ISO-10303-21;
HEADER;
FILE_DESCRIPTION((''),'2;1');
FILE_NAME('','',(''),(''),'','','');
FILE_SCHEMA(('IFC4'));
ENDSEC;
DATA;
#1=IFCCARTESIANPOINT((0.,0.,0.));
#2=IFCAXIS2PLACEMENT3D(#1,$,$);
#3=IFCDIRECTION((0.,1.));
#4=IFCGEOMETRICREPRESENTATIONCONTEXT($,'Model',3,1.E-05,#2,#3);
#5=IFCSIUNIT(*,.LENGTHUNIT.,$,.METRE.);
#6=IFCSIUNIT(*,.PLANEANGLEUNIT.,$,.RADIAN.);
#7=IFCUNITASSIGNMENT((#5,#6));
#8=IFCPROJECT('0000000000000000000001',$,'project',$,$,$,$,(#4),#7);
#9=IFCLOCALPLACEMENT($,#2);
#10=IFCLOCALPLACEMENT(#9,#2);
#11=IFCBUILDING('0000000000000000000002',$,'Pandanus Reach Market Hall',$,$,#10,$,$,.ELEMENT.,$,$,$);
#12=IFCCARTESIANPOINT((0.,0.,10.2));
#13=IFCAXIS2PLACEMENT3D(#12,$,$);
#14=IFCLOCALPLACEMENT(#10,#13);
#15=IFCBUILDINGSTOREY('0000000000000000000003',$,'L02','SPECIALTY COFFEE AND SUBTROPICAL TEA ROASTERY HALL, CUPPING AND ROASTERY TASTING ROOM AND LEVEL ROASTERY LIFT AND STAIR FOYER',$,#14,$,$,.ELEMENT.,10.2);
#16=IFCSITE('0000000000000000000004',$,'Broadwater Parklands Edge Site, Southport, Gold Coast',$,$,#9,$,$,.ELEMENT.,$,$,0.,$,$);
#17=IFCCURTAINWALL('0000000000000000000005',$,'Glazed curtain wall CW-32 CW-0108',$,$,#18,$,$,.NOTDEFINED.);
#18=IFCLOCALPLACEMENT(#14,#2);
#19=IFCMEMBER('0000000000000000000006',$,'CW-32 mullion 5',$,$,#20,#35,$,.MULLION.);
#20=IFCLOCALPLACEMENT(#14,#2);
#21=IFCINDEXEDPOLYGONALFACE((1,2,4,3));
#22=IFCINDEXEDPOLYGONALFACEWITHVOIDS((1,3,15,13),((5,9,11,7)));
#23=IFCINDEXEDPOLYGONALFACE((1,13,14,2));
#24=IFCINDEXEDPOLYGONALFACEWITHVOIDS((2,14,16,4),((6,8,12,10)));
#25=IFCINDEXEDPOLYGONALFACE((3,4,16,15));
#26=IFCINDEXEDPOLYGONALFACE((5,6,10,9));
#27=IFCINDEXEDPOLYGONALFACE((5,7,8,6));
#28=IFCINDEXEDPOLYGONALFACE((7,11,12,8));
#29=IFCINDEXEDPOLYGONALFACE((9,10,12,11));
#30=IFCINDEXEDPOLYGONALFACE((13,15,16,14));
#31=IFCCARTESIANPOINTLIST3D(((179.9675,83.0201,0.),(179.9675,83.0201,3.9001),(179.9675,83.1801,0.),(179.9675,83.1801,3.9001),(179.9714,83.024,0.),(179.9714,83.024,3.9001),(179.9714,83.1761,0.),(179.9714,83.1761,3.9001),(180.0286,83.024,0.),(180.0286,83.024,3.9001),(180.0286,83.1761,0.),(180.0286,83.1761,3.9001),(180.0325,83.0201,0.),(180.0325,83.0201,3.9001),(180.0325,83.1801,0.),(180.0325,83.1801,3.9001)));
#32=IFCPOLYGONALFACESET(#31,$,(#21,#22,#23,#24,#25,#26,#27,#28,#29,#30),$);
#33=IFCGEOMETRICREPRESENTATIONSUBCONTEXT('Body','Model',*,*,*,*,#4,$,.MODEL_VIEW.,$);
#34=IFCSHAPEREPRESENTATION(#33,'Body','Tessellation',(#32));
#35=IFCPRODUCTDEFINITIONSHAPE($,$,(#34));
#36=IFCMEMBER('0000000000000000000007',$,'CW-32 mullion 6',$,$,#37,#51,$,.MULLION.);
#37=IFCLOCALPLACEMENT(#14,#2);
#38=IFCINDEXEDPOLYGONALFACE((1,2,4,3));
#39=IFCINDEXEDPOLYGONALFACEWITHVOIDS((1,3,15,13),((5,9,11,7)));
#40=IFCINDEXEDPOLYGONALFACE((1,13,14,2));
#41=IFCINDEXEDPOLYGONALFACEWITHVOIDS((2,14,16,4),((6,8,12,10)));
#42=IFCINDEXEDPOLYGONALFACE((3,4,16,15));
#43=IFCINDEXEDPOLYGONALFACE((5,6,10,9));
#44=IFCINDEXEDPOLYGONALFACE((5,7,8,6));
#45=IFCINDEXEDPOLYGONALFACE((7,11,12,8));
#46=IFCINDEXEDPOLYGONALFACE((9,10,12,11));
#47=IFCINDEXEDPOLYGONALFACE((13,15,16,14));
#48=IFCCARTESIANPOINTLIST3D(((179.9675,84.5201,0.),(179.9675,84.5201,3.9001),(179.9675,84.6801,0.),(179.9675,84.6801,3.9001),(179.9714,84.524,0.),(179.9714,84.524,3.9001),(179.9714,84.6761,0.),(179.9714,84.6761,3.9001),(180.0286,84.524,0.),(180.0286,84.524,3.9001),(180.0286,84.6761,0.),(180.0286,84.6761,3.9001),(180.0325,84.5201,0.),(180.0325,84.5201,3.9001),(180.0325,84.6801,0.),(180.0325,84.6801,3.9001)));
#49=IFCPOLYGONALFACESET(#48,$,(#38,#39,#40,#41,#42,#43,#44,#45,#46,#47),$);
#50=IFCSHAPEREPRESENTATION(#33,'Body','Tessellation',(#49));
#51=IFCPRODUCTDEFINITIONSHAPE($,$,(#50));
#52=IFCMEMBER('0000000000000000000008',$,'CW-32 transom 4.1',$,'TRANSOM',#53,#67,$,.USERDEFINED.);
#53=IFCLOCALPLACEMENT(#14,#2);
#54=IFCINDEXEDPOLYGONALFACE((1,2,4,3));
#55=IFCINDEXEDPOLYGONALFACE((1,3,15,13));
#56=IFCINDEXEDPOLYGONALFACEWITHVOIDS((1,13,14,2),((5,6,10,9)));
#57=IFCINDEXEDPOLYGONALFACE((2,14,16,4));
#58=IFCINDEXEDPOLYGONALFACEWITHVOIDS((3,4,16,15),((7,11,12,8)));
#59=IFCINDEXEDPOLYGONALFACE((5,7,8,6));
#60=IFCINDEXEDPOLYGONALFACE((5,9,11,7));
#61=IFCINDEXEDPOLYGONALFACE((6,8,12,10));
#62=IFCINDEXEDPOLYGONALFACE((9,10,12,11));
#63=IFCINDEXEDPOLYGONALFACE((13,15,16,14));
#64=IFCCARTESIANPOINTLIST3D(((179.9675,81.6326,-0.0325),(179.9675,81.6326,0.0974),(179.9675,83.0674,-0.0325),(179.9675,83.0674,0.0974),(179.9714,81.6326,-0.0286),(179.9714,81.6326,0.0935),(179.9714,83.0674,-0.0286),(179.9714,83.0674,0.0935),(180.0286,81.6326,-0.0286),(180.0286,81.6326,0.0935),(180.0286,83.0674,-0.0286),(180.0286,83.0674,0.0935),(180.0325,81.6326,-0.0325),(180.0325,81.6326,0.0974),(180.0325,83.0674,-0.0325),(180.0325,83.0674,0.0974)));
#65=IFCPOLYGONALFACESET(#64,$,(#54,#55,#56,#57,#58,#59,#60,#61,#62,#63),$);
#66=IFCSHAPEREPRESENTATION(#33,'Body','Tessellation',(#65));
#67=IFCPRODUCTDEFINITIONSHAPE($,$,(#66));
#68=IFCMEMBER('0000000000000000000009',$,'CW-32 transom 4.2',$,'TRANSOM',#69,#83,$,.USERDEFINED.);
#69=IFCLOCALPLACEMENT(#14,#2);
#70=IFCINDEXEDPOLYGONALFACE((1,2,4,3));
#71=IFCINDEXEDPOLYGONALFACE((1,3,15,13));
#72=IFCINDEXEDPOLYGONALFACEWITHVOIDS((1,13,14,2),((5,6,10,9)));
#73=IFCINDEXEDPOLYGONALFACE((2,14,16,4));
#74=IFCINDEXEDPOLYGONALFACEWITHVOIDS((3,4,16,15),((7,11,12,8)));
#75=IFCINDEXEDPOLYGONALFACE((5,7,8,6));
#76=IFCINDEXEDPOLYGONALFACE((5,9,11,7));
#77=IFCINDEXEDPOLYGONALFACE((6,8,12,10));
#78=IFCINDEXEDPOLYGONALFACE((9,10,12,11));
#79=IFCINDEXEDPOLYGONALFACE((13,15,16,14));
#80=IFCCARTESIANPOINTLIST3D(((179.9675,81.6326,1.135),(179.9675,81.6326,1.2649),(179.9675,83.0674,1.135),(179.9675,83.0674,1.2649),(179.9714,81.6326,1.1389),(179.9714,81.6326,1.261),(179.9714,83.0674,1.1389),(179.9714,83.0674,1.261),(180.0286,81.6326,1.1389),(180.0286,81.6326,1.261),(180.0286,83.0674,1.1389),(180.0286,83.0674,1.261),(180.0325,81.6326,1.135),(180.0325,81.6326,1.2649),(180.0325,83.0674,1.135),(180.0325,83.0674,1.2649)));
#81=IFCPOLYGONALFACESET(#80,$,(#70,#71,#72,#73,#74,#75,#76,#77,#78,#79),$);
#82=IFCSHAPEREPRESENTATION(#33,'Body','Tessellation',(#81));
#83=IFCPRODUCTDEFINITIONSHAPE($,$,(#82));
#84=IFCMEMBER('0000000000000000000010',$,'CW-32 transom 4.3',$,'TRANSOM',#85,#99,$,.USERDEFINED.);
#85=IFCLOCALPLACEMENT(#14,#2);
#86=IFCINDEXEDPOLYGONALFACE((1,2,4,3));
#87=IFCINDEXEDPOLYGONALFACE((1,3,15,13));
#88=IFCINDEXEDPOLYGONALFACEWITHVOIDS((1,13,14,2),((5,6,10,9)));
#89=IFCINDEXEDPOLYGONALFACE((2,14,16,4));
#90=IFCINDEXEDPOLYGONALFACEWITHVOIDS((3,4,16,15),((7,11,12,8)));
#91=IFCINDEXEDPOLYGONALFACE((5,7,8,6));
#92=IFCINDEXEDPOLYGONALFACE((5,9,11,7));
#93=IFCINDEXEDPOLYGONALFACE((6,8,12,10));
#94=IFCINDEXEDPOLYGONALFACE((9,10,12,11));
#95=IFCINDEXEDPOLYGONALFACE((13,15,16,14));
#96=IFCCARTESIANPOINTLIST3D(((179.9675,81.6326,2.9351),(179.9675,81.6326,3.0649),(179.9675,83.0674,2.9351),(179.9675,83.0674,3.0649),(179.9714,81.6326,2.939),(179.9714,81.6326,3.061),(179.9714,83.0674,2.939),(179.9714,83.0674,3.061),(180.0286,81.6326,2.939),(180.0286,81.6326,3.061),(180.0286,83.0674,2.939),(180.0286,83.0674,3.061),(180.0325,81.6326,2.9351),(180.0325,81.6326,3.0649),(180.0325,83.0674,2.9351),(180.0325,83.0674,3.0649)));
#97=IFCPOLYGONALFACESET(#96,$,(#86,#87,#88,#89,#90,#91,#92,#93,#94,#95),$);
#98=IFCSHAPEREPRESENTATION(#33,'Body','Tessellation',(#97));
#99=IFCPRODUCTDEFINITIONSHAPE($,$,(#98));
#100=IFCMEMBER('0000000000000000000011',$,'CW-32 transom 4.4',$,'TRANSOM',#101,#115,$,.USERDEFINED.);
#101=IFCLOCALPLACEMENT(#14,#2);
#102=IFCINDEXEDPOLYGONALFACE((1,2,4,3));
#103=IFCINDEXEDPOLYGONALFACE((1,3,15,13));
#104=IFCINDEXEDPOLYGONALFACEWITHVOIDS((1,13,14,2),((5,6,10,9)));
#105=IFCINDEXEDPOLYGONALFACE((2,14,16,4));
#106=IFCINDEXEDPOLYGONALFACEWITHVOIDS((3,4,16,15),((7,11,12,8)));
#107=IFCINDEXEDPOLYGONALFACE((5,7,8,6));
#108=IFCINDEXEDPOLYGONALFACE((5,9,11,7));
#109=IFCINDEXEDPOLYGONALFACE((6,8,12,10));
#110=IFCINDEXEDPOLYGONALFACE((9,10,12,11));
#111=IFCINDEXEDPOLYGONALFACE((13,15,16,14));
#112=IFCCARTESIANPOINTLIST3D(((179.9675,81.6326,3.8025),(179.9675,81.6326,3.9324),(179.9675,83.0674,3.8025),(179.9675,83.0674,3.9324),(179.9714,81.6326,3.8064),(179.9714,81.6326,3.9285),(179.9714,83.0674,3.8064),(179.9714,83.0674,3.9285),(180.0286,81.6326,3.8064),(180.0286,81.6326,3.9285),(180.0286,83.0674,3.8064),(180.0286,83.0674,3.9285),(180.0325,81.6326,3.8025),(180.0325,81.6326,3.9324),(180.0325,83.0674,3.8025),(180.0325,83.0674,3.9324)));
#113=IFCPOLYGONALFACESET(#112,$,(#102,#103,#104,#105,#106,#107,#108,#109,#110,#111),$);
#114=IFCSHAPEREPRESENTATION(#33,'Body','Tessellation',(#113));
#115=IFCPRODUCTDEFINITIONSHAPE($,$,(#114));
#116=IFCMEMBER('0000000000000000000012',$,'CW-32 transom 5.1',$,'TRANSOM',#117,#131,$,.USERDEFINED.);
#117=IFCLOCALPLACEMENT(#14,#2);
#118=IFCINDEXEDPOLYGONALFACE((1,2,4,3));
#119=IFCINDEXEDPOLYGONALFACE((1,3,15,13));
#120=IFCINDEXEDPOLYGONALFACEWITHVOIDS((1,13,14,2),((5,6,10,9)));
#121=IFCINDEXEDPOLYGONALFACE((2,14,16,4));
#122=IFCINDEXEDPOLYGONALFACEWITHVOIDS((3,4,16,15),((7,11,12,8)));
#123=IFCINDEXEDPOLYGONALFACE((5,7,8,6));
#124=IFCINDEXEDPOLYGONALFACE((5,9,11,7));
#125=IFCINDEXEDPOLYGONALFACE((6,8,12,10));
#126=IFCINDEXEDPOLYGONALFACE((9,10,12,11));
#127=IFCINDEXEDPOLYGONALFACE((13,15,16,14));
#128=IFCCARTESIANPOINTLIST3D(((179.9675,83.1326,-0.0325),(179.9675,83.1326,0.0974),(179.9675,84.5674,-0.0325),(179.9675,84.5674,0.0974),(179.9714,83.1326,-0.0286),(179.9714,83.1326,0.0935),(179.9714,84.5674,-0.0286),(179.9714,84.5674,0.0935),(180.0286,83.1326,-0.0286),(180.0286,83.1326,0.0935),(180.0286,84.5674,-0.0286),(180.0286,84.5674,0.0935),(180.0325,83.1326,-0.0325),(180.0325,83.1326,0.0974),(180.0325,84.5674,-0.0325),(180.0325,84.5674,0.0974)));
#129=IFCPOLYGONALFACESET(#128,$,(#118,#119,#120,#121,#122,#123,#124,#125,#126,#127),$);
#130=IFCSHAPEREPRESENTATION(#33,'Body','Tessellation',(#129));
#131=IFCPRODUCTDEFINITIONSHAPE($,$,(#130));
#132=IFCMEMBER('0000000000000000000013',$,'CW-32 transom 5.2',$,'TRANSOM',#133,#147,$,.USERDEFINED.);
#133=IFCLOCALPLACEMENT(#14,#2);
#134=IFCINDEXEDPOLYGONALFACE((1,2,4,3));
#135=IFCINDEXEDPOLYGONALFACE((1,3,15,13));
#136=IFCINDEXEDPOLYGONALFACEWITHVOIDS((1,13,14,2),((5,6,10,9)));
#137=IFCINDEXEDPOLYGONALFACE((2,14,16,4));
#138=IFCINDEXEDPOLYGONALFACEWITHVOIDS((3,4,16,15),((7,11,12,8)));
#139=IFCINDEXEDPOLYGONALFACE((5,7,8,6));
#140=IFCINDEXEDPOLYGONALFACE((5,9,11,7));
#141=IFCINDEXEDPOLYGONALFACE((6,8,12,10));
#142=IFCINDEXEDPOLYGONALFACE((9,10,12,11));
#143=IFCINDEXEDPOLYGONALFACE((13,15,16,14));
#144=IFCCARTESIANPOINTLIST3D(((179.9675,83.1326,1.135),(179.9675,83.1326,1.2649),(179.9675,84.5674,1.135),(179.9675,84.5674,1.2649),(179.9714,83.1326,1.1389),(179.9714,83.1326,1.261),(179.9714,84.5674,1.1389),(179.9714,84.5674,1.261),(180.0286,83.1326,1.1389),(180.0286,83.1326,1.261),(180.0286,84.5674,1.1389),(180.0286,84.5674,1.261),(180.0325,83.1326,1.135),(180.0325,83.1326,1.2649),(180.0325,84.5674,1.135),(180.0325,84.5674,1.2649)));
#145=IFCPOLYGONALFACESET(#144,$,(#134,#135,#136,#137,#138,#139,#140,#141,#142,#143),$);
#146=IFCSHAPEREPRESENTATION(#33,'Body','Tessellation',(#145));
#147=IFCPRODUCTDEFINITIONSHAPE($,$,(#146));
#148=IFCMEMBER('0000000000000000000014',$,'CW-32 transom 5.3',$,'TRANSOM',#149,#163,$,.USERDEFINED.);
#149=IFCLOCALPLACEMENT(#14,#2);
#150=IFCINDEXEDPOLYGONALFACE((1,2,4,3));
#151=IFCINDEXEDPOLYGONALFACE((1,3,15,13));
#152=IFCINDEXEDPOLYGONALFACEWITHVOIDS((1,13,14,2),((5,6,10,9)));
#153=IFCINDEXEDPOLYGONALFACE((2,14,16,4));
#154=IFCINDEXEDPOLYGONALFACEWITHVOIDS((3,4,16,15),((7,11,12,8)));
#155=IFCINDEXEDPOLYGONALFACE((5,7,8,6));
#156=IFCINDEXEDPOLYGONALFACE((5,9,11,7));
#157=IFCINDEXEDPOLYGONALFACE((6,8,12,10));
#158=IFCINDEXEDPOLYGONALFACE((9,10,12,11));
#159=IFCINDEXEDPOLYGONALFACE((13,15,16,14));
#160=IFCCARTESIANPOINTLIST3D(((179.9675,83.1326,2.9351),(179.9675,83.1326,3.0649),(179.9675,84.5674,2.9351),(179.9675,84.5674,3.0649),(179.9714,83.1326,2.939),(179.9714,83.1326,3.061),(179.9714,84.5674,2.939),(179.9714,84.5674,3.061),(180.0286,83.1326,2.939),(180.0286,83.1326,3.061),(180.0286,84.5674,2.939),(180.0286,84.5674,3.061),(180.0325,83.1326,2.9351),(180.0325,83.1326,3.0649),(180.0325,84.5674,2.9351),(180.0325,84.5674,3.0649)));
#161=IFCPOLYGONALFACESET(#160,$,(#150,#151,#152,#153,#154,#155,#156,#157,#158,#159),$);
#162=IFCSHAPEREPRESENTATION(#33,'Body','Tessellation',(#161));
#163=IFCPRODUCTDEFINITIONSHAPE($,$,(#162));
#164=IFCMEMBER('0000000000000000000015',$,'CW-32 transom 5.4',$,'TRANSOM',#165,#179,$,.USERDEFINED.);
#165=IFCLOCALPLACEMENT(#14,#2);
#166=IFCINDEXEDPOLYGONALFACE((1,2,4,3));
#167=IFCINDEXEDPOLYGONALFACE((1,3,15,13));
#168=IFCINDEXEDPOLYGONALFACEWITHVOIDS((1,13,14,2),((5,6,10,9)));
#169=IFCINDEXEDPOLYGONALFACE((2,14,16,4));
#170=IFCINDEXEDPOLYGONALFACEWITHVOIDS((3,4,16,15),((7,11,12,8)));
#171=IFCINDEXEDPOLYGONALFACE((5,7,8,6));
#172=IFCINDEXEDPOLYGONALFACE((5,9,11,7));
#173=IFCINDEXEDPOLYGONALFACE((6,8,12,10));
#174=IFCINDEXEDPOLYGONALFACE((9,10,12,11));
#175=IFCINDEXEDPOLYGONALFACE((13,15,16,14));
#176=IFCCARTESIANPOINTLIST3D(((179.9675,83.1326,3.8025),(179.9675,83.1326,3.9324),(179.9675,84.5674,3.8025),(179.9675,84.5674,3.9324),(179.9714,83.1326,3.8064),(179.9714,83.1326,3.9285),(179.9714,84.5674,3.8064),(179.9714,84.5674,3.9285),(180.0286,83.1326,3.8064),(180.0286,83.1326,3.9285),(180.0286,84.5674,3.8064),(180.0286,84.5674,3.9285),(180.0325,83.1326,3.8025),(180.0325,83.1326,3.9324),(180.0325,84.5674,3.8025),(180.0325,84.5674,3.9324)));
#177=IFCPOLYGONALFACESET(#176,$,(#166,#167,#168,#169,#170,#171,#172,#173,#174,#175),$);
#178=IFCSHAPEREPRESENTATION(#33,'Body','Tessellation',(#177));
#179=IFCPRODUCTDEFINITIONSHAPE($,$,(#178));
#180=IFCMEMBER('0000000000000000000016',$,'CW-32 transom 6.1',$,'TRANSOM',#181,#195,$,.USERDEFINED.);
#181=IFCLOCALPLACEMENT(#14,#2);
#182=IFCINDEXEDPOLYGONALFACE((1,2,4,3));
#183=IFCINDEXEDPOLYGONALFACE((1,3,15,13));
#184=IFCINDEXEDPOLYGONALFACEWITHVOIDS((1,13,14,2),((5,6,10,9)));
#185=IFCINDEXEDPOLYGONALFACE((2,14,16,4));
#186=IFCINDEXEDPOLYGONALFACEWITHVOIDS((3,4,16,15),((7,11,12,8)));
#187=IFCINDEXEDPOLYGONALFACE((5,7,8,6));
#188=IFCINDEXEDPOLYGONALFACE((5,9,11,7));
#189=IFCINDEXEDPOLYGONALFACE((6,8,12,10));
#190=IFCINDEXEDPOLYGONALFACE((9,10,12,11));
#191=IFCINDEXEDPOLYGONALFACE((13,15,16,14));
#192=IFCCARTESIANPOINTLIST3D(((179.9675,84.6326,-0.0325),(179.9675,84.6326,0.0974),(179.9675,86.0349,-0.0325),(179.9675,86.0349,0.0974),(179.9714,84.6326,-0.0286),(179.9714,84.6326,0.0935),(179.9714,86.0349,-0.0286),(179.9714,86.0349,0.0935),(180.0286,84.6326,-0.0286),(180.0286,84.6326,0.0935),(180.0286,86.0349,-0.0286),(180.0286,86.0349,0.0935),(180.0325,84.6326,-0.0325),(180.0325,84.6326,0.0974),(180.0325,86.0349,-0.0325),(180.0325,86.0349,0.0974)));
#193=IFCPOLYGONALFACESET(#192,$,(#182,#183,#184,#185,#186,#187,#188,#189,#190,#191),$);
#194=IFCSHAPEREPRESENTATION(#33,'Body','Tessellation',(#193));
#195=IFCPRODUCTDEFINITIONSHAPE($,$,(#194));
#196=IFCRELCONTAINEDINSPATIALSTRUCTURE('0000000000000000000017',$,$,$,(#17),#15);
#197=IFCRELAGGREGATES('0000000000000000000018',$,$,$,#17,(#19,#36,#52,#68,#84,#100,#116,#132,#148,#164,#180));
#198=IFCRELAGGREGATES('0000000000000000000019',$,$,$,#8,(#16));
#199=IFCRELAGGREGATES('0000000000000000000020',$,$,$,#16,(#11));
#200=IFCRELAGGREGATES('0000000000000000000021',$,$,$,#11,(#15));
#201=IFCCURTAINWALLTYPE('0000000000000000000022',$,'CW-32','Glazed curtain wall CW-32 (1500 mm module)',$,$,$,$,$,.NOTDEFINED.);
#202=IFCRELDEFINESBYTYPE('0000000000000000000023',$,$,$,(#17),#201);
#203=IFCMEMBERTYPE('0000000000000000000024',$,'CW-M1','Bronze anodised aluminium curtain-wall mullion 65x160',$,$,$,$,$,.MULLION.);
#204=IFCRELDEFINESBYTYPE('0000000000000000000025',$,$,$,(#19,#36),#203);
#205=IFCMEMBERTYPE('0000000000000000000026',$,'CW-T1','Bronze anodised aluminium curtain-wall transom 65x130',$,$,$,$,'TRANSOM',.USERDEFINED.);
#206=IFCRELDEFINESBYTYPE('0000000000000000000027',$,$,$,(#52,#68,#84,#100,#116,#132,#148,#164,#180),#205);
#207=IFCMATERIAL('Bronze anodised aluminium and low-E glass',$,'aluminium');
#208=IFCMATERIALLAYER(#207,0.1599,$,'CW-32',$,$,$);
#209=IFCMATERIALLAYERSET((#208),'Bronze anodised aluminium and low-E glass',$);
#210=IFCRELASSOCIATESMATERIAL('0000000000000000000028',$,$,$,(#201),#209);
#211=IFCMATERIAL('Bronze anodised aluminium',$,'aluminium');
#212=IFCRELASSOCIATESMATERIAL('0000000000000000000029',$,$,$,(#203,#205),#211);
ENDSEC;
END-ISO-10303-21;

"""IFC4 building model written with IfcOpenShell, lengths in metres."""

from ifc_helpers import new_model, si_unit, direction, frame, origin, origin_2d, place, context, subcontext, project, spatial, hollow_rectangle, extrude, material, layer, layer_set, material_profile, profile_set, type_object, element, aggregate, save


model = new_model("IFC4")

# Units and contexts
model_context = context("Model", 3, precision=1e-05, world=origin(), true_north=direction((0.0, 1.0)))
body_context = subcontext(model_context, "Body", "Model", "MODEL_VIEW")
ifc_project = project(units=[si_unit("LENGTHUNIT", "METRE"), si_unit("PLANEANGLEUNIT", "RADIAN")], contexts=[model_context])

# Site, building, storey
site_placement = place(None, origin())
site = spatial("IfcSite", under=ifc_project, at=site_placement, Name="Broadwater Parklands Edge Site, Southport, Gold Coast", CompositionType="ELEMENT", RefElevation=0.0)
building_placement = place(site_placement, origin())
building = spatial("IfcBuilding", under=site, at=building_placement, Name="Pandanus Reach Market Hall", CompositionType="ELEMENT")
storey_placement = place(building_placement, frame((0.0, 0.0, 10.2)))
storey = spatial("IfcBuildingStorey", under=building, at=storey_placement, Name="L02", Description="SPECIALTY COFFEE AND SUBTROPICAL TEA ROASTERY HALL, CUPPING AND ROASTERY TASTING ROOM AND LEVEL ROASTERY LIFT AND STAIR FOYER", CompositionType="ELEMENT", Elevation=10.2)

# Curtain wall, members
ifc_material_1 = material(Name="Bronze anodised aluminium and low-E glass", Category="aluminium")
ifc_layer_1 = layer(ifc_material_1, 0.1599, Name="CW-32")
ifc_layer_set_1 = layer_set([ifc_layer_1], Name="Bronze anodised aluminium and low-E glass")
curtain_wall_type = type_object("IfcCurtainWallType", Name="CW-32", Description="Glazed curtain wall CW-32 (1500 mm module)", PredefinedType="NOTDEFINED", material=ifc_layer_set_1)
curtain_wall_placement = place(storey_placement, origin())
curtain_wall = element("IfcCurtainWall", 1, at=curtain_wall_placement, inside=storey, type_object=curtain_wall_type, Name="Glazed curtain wall CW-32 CW-0108", PredefinedType="NOTDEFINED")
ifc_material_2 = material(Name="Bronze anodised aluminium", Category="aluminium")
ifc_material_profile_1 = material_profile(ifc_material_2, hollow_rectangle(XDim=0.0649, YDim=0.1599, WallThickness=0.0039, at=origin_2d()), Name="ALU65x160", Category="LoadBearing")
ifc_profile_set_1 = profile_set([ifc_material_profile_1], Name="Bronze anodised aluminium")
member_type_1 = type_object("IfcMemberType", Name="CW-M1", Description="Bronze anodised aluminium curtain-wall mullion 65x160", PredefinedType="MULLION", material=ifc_profile_set_1)
member_1_placement = place(storey_placement, frame((180.0, 83.1001, 0.0), z_axis=(0.0, 0.0, 1.0), x_axis=(-1.0, 0.0, 0.0)))
member_1 = element("IfcMember", 2, at=member_1_placement, type_object=member_type_1, Name="CW-32 mullion 5", PredefinedType="MULLION", context=body_context, shape_type="SweptSolid", body=[
    extrude(hollow_rectangle(XDim=0.0649, YDim=0.1599, WallThickness=0.0039, at=origin_2d()), origin(), (0.0, 0.0, 1.0), 3.9001),
])
member_2_placement = place(storey_placement, frame((180.0, 84.6001, 0.0), z_axis=(0.0, 0.0, 1.0), x_axis=(-1.0, 0.0, 0.0)))
member_2 = element("IfcMember", 3, at=member_2_placement, type_object=member_type_1, Name="CW-32 mullion 6", PredefinedType="MULLION", context=body_context, shape_type="SweptSolid", body=[
    extrude(hollow_rectangle(XDim=0.0649, YDim=0.1599, WallThickness=0.0039, at=origin_2d()), origin(), (0.0, 0.0, 1.0), 3.9001),
])
ifc_material_profile_2 = material_profile(ifc_material_2, hollow_rectangle(XDim=0.0649, YDim=0.1299, WallThickness=0.0039, at=origin_2d()), Name="ALU65x130", Category="LoadBearing")
ifc_profile_set_2 = profile_set([ifc_material_profile_2], Name="Bronze anodised aluminium")
member_type_2 = type_object("IfcMemberType", Name="CW-T1", Description="Bronze anodised aluminium curtain-wall transom 65x130", ElementType="TRANSOM", PredefinedType="USERDEFINED", material=ifc_profile_set_2)
member_3_placement = place(storey_placement, frame((180.0, 81.6326, 0.0325), z_axis=(0.0, 1.0, 0.0), x_axis=(-1.0, 0.0, 0.0)))
member_3 = element("IfcMember", 4, at=member_3_placement, type_object=member_type_2, Name="CW-32 transom 4.1", ObjectType="TRANSOM", PredefinedType="USERDEFINED", context=body_context, shape_type="SweptSolid", body=[
    extrude(hollow_rectangle(XDim=0.0649, YDim=0.1299, WallThickness=0.0039, at=origin_2d()), origin(), (0.0, 0.0, 1.0), 1.4348),
])
member_4_placement = place(storey_placement, frame((180.0, 81.6326, 1.2), z_axis=(0.0, 1.0, 0.0), x_axis=(-1.0, 0.0, 0.0)))
member_4 = element("IfcMember", 5, at=member_4_placement, type_object=member_type_2, Name="CW-32 transom 4.2", ObjectType="TRANSOM", PredefinedType="USERDEFINED", context=body_context, shape_type="SweptSolid", body=[
    extrude(hollow_rectangle(XDim=0.0649, YDim=0.1299, WallThickness=0.0039, at=origin_2d()), origin(), (0.0, 0.0, 1.0), 1.4348),
])
member_5_placement = place(storey_placement, frame((180.0, 81.6326, 3.0), z_axis=(0.0, 1.0, 0.0), x_axis=(-1.0, 0.0, 0.0)))
member_5 = element("IfcMember", 6, at=member_5_placement, type_object=member_type_2, Name="CW-32 transom 4.3", ObjectType="TRANSOM", PredefinedType="USERDEFINED", context=body_context, shape_type="SweptSolid", body=[
    extrude(hollow_rectangle(XDim=0.0649, YDim=0.1299, WallThickness=0.0039, at=origin_2d()), origin(), (0.0, 0.0, 1.0), 1.4348),
])
member_6_placement = place(storey_placement, frame((180.0, 81.6326, 3.8674), z_axis=(0.0, 1.0, 0.0), x_axis=(-1.0, 0.0, 0.0)))
member_6 = element("IfcMember", 7, at=member_6_placement, type_object=member_type_2, Name="CW-32 transom 4.4", ObjectType="TRANSOM", PredefinedType="USERDEFINED", context=body_context, shape_type="SweptSolid", body=[
    extrude(hollow_rectangle(XDim=0.0649, YDim=0.1299, WallThickness=0.0039, at=origin_2d()), origin(), (0.0, 0.0, 1.0), 1.4348),
])
member_7_placement = place(storey_placement, frame((180.0, 83.1326, 0.0325), z_axis=(0.0, 1.0, 0.0), x_axis=(-1.0, 0.0, 0.0)))
member_7 = element("IfcMember", 8, at=member_7_placement, type_object=member_type_2, Name="CW-32 transom 5.1", ObjectType="TRANSOM", PredefinedType="USERDEFINED", context=body_context, shape_type="SweptSolid", body=[
    extrude(hollow_rectangle(XDim=0.0649, YDim=0.1299, WallThickness=0.0039, at=origin_2d()), origin(), (0.0, 0.0, 1.0), 1.4348),
])
member_8_placement = place(storey_placement, frame((180.0, 83.1326, 1.2), z_axis=(0.0, 1.0, 0.0), x_axis=(-1.0, 0.0, 0.0)))
member_8 = element("IfcMember", 9, at=member_8_placement, type_object=member_type_2, Name="CW-32 transom 5.2", ObjectType="TRANSOM", PredefinedType="USERDEFINED", context=body_context, shape_type="SweptSolid", body=[
    extrude(hollow_rectangle(XDim=0.0649, YDim=0.1299, WallThickness=0.0039, at=origin_2d()), origin(), (0.0, 0.0, 1.0), 1.4348),
])
member_9_placement = place(storey_placement, frame((180.0, 83.1326, 3.0), z_axis=(0.0, 1.0, 0.0), x_axis=(-1.0, 0.0, 0.0)))
member_9 = element("IfcMember", 10, at=member_9_placement, type_object=member_type_2, Name="CW-32 transom 5.3", ObjectType="TRANSOM", PredefinedType="USERDEFINED", context=body_context, shape_type="SweptSolid", body=[
    extrude(hollow_rectangle(XDim=0.0649, YDim=0.1299, WallThickness=0.0039, at=origin_2d()), origin(), (0.0, 0.0, 1.0), 1.4348),
])
member_10_placement = place(storey_placement, frame((180.0, 83.1326, 3.8674), z_axis=(0.0, 1.0, 0.0), x_axis=(-1.0, 0.0, 0.0)))
member_10 = element("IfcMember", 11, at=member_10_placement, type_object=member_type_2, Name="CW-32 transom 5.4", ObjectType="TRANSOM", PredefinedType="USERDEFINED", context=body_context, shape_type="SweptSolid", body=[
    extrude(hollow_rectangle(XDim=0.0649, YDim=0.1299, WallThickness=0.0039, at=origin_2d()), origin(), (0.0, 0.0, 1.0), 1.4348),
])
member_11_placement = place(storey_placement, frame((180.0, 84.6326, 0.0325), z_axis=(0.0, 1.0, 0.0), x_axis=(-1.0, 0.0, 0.0)))
member_11 = element("IfcMember", 12, at=member_11_placement, type_object=member_type_2, Name="CW-32 transom 6.1", ObjectType="TRANSOM", PredefinedType="USERDEFINED", context=body_context, shape_type="SweptSolid", body=[
    extrude(hollow_rectangle(XDim=0.0649, YDim=0.1299, WallThickness=0.0039, at=origin_2d()), origin(), (0.0, 0.0, 1.0), 1.4023),
])
aggregate(curtain_wall, [member_1, member_2, member_3, member_4, member_5, member_6, member_7, member_8, member_9, member_10, member_11])

save(model, "model.ifc")
